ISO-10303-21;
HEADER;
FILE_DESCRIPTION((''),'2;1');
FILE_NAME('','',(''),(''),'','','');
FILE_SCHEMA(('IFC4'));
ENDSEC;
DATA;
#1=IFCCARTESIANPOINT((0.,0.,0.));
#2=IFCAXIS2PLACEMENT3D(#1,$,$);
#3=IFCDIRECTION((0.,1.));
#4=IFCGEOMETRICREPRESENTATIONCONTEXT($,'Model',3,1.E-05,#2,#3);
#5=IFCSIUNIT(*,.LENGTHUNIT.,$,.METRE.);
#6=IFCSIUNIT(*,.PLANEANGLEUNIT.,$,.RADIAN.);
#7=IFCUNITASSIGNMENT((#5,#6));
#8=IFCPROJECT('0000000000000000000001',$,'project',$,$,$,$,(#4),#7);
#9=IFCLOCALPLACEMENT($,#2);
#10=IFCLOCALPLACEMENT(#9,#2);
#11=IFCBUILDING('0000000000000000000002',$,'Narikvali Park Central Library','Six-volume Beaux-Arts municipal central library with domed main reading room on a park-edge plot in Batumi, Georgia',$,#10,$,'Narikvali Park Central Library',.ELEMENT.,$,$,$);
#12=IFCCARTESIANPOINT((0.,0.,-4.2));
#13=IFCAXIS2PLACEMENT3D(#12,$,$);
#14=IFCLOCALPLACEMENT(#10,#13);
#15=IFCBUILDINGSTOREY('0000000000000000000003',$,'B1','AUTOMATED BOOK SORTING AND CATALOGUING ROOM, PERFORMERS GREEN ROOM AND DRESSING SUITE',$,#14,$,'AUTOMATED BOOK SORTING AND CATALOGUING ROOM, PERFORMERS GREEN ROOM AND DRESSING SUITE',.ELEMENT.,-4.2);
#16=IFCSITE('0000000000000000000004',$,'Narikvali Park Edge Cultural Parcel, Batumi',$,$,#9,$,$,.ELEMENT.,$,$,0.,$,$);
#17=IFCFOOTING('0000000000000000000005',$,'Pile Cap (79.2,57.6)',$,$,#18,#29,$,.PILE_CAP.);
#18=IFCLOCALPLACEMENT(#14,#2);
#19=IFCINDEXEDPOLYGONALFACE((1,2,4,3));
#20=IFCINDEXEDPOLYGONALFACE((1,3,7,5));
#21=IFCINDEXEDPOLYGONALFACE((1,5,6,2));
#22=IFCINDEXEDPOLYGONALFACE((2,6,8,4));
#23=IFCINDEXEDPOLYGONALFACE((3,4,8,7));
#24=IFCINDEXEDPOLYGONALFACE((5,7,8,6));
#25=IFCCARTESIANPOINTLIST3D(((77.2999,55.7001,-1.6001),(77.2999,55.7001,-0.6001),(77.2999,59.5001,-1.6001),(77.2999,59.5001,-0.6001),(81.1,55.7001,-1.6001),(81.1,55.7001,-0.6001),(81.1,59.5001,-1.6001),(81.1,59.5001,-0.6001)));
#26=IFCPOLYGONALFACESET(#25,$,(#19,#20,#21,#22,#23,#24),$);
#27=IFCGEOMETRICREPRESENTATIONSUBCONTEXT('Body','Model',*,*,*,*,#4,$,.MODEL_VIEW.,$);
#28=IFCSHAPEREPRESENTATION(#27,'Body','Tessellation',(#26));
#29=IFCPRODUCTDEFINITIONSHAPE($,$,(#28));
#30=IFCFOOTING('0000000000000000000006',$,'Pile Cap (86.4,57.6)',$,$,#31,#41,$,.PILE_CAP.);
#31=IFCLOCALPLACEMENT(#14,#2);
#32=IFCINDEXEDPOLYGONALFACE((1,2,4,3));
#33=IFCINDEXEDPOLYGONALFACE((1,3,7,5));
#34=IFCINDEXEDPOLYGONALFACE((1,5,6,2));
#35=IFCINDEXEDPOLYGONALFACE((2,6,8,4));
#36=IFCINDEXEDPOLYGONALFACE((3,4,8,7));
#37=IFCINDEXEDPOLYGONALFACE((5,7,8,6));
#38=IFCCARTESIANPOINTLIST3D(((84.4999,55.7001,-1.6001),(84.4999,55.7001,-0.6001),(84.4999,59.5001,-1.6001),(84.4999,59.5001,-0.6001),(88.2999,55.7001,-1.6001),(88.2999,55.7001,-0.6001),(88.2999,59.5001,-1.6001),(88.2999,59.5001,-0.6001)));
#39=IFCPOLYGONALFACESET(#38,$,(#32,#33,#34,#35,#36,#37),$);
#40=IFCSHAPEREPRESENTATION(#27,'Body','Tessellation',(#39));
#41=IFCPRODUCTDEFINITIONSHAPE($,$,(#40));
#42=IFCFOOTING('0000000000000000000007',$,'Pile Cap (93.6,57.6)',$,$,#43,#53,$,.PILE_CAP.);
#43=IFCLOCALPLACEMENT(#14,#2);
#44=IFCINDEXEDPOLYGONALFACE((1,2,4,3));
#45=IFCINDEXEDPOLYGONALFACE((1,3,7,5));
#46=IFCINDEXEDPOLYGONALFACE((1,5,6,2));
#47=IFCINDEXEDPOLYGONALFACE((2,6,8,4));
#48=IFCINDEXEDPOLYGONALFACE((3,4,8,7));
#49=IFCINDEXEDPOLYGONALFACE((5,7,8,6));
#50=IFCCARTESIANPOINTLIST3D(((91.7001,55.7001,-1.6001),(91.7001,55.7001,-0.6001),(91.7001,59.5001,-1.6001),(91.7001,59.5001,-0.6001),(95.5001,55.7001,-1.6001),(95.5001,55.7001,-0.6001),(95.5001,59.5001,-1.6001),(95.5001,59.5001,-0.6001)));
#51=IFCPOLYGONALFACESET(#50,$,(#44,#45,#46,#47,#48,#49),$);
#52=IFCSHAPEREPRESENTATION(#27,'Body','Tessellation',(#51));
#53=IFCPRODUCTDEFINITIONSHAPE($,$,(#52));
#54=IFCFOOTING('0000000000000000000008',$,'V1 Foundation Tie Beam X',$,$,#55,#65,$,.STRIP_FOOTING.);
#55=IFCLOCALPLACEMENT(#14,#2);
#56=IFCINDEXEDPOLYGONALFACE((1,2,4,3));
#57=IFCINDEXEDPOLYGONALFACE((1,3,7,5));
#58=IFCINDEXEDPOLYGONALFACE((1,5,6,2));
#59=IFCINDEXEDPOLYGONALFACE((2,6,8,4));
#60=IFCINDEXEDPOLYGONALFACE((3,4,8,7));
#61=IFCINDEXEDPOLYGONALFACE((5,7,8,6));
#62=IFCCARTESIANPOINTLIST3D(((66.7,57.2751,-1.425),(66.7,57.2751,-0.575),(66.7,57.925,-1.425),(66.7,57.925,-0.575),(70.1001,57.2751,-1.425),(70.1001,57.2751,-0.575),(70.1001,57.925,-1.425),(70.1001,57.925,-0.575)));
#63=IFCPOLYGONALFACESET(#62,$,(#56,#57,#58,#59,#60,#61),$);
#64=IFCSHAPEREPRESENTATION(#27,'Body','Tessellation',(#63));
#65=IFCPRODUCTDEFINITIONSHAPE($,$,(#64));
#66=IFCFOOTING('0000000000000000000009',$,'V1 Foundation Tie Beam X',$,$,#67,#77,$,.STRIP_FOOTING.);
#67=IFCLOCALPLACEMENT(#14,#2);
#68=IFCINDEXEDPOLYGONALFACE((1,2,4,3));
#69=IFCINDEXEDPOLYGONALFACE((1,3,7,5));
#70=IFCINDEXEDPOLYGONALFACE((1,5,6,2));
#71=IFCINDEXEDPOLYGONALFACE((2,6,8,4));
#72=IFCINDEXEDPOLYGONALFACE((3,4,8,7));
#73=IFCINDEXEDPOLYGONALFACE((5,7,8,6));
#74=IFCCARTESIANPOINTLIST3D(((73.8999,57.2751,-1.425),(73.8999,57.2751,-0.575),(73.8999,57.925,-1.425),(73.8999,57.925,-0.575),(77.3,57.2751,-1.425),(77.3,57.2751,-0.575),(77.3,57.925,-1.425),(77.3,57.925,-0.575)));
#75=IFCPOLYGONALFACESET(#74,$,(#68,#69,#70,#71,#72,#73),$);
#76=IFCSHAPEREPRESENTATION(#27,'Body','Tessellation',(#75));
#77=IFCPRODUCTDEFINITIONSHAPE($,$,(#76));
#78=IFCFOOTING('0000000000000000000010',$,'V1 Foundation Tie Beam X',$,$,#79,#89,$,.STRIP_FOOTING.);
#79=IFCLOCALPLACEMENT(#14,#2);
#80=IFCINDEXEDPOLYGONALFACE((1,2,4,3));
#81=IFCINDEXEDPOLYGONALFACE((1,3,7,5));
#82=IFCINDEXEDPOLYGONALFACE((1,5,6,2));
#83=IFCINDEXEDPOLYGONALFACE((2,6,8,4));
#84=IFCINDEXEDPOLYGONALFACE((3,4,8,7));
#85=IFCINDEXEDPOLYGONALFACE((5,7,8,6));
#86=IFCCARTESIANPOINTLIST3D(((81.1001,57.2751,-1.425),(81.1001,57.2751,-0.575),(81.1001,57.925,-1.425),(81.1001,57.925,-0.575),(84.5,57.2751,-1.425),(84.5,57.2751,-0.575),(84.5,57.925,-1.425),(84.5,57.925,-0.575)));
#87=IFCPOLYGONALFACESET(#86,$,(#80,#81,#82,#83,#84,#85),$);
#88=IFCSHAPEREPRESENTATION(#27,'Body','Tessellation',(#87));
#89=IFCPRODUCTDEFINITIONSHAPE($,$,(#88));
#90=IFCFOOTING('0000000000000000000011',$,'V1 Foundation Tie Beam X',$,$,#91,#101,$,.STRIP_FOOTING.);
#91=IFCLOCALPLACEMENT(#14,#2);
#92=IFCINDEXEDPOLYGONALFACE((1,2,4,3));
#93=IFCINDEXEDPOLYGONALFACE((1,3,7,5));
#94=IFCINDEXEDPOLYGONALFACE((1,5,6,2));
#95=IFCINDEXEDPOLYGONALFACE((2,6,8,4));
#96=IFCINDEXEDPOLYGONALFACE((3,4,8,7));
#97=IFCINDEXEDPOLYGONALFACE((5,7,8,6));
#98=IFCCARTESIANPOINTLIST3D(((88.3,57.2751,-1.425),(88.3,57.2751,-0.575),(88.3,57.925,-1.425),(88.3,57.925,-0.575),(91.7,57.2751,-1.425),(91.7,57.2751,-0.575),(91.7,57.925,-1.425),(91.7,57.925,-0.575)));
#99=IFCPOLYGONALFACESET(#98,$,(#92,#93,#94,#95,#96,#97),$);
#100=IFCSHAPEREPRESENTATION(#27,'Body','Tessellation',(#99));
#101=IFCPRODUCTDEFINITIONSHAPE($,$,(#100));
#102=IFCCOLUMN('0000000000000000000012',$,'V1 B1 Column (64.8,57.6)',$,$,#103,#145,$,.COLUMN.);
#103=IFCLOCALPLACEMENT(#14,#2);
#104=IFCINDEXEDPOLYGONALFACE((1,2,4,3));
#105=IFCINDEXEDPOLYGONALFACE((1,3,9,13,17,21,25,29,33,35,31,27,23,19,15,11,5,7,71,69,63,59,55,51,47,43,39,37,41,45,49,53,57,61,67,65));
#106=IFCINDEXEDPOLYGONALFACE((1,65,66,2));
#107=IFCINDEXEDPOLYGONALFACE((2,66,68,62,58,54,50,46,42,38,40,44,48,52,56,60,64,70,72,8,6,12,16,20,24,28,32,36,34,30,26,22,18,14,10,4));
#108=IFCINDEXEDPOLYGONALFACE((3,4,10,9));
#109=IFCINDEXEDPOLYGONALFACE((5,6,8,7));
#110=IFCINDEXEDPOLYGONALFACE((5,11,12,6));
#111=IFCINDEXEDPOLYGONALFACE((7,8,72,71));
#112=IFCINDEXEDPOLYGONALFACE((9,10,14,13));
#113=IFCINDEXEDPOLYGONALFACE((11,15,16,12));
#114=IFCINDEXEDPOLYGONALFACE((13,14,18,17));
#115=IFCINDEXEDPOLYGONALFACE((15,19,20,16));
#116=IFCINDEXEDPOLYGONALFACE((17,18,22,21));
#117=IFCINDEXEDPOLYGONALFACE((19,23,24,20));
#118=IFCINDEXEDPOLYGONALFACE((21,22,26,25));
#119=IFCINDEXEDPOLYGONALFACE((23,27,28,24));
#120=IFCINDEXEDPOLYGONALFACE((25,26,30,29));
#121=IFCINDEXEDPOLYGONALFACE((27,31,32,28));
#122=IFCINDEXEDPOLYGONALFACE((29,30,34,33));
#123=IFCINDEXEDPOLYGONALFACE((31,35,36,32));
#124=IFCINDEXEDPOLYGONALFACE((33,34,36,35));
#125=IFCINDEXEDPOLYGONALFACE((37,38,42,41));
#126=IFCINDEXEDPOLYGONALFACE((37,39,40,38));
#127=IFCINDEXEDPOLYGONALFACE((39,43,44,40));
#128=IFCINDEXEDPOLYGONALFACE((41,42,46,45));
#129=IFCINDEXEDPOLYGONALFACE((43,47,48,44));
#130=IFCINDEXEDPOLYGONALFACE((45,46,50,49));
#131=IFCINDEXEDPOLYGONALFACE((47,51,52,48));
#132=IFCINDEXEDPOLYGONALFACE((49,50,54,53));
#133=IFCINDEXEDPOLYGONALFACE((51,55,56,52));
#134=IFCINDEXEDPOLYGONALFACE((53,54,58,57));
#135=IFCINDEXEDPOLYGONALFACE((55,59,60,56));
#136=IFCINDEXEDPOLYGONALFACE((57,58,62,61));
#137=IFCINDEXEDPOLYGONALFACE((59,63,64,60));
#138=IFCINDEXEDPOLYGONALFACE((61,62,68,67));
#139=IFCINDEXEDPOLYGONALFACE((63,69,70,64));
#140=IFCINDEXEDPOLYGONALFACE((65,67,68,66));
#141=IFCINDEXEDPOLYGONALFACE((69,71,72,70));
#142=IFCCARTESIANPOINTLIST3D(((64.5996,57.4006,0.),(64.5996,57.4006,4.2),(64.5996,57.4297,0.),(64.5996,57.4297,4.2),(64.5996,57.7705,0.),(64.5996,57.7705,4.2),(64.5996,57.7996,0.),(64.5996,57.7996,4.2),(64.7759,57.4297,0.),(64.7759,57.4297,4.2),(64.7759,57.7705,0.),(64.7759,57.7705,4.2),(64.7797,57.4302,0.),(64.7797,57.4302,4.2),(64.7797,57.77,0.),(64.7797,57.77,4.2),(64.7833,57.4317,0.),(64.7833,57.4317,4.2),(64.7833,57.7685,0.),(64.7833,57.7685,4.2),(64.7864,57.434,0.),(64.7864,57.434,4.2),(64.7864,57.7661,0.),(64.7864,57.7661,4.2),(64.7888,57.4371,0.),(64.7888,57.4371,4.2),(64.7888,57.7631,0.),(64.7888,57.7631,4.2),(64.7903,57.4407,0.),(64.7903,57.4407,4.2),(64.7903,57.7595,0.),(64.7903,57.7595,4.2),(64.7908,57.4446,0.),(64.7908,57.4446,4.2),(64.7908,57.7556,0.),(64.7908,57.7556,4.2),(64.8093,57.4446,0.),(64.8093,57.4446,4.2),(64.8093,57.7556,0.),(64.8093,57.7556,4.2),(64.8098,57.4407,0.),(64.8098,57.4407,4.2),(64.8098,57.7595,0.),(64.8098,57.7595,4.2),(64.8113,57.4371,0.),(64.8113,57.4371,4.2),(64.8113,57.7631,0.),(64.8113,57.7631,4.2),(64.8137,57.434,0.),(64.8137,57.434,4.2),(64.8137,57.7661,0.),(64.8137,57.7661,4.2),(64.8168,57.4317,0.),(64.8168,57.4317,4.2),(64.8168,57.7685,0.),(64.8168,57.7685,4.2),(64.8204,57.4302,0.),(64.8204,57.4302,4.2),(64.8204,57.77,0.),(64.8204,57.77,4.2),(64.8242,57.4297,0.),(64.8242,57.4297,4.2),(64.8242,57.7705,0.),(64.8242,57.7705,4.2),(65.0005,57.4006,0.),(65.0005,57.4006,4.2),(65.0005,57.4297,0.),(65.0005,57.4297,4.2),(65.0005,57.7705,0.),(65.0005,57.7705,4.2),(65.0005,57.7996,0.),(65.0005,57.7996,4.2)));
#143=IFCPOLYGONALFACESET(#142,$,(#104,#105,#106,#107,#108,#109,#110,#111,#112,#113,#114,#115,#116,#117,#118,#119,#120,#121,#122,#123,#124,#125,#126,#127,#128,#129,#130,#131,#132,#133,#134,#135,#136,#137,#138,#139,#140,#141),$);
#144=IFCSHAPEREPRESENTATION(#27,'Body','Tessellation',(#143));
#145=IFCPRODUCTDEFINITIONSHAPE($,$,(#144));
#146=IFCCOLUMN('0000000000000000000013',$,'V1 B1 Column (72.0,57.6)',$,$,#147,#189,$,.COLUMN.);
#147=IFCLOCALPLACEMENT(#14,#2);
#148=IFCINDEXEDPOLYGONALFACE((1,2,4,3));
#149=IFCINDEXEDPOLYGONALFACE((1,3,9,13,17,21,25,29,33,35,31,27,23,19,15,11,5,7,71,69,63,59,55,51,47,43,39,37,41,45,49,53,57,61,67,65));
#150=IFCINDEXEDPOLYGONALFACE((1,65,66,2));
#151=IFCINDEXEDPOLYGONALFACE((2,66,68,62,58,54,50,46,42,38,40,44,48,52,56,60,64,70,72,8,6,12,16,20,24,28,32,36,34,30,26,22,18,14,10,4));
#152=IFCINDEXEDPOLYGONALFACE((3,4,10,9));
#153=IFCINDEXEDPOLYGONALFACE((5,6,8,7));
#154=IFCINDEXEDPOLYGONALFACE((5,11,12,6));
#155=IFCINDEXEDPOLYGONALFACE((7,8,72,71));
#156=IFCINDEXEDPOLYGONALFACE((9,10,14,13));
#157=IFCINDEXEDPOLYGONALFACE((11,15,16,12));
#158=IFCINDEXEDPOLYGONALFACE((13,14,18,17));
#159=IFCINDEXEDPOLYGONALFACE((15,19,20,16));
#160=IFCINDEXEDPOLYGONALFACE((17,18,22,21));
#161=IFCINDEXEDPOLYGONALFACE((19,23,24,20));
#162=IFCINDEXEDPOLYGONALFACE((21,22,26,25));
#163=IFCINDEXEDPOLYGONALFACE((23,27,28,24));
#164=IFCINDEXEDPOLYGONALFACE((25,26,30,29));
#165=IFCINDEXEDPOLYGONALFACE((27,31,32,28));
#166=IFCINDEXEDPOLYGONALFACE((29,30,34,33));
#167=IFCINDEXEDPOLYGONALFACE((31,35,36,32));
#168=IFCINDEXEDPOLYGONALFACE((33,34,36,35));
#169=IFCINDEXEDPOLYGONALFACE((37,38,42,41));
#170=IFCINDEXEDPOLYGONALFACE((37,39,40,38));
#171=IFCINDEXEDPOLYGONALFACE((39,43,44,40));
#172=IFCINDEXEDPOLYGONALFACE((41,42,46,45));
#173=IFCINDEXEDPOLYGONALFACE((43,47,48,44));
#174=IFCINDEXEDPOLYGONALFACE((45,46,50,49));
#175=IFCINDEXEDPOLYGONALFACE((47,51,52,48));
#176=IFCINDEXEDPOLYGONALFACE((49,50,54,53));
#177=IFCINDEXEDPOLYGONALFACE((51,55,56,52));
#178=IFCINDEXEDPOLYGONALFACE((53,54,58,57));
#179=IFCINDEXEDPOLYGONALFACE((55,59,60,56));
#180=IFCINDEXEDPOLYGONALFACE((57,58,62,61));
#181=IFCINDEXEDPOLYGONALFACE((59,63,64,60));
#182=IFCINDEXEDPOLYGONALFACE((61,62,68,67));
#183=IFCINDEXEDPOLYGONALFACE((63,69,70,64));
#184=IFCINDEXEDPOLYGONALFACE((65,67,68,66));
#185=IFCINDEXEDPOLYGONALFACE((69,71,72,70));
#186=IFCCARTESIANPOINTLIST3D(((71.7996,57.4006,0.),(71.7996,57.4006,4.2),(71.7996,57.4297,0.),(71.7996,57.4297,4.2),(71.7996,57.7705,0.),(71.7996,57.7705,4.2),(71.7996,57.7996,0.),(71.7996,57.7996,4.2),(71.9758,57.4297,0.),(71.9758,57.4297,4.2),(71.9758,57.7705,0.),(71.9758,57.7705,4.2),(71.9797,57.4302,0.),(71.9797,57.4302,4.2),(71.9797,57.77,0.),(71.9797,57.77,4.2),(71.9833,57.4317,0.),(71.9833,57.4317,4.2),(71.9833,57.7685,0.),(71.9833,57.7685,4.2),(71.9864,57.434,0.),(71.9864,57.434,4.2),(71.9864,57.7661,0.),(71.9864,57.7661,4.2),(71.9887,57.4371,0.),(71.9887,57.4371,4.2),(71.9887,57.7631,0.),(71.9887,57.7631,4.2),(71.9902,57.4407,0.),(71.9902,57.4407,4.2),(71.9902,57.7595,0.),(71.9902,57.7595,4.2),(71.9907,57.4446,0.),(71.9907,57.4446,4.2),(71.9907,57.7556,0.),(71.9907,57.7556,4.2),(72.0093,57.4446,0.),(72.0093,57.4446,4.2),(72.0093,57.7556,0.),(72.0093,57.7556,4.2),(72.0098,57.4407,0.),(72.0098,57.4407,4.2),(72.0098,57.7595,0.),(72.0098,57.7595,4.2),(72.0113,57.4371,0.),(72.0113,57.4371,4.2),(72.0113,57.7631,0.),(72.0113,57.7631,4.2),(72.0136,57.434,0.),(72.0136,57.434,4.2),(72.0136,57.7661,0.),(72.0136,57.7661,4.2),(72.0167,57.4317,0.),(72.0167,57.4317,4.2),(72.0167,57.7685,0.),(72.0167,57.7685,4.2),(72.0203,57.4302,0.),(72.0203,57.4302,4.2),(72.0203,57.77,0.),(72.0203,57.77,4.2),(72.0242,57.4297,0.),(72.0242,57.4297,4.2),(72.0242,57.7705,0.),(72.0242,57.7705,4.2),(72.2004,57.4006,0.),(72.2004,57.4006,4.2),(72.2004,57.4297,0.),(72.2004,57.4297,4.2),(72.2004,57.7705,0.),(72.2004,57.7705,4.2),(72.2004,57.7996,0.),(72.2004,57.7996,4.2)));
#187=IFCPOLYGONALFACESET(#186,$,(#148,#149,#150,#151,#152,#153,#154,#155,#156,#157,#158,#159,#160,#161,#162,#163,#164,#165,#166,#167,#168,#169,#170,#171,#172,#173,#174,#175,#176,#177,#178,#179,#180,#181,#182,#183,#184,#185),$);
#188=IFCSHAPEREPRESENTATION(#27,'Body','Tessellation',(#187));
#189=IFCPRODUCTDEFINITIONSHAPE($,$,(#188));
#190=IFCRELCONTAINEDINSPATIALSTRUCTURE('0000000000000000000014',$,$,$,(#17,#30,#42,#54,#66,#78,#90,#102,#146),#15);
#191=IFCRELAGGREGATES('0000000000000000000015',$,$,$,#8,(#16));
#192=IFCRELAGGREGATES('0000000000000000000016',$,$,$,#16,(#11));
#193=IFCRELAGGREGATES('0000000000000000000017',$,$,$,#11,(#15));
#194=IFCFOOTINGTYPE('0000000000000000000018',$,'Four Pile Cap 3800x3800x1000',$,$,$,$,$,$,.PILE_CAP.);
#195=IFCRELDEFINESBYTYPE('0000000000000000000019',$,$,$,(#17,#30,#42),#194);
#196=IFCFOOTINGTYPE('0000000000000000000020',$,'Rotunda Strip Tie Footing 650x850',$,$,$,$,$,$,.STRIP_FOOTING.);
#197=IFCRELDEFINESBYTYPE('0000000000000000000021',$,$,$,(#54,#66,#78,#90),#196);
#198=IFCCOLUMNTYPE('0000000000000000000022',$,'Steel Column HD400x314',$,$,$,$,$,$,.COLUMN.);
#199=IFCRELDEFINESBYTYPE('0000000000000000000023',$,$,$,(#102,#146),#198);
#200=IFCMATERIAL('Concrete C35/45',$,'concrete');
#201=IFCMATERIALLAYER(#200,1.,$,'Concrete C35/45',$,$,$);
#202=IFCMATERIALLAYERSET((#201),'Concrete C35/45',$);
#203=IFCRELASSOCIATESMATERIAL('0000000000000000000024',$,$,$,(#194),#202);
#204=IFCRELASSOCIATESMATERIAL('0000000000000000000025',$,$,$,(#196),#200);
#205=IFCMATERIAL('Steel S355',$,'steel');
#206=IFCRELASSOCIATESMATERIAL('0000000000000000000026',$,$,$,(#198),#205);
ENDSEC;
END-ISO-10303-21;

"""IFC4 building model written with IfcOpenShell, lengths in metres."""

from ifc_helpers import new_model, si_unit, direction, frame, origin, origin_2d, place, context, subcontext, project, spatial, rectangle, i_section, extrude, material, layer, layer_set, material_profile, profile_set, type_object, element, save


model = new_model("IFC4")

# Units and contexts
model_context = context("Model", 3, precision=1e-05, world=origin(), true_north=direction((0.0, 1.0)))
body_context = subcontext(model_context, "Body", "Model", "MODEL_VIEW")
ifc_project = project(units=[si_unit("LENGTHUNIT", "METRE"), si_unit("PLANEANGLEUNIT", "RADIAN")], contexts=[model_context])

# Site, building, storey
site_placement = place(None, origin())
site = spatial("IfcSite", under=ifc_project, at=site_placement, Name="Narikvali Park Edge Cultural Parcel, Batumi", CompositionType="ELEMENT", RefElevation=0.0)
building_placement = place(site_placement, origin())
building = spatial("IfcBuilding", under=site, at=building_placement, Name="Narikvali Park Central Library", Description="Six-volume Beaux-Arts municipal central library with domed main reading room on a park-edge plot in Batumi, Georgia", LongName="Narikvali Park Central Library", CompositionType="ELEMENT")
storey_placement = place(building_placement, frame((0.0, 0.0, -4.2)))
storey = spatial("IfcBuildingStorey", under=building, at=storey_placement, Name="B1", Description="AUTOMATED BOOK SORTING AND CATALOGUING ROOM, PERFORMERS GREEN ROOM AND DRESSING SUITE", LongName="AUTOMATED BOOK SORTING AND CATALOGUING ROOM, PERFORMERS GREEN ROOM AND DRESSING SUITE", CompositionType="ELEMENT", Elevation=-4.2)

# Shared definitions
ifc_material_1 = material(Name="Concrete C35/45", Category="concrete")

# Footings
ifc_layer_1 = layer(ifc_material_1, 1.0, Name="Concrete C35/45")
ifc_layer_set_1 = layer_set([ifc_layer_1], Name="Concrete C35/45")
footing_type_1 = type_object("IfcFootingType", Name="Four Pile Cap 3800x3800x1000", PredefinedType="PILE_CAP", material=ifc_layer_set_1)
for number, where, z_axis, x_axis, name in (
    (1, (79.2, 57.6001, -1.6001), (0.0, 0.0, 1.0), (1.0, 0.0, 0.0), "Pile Cap (79.2,57.6)"),
    (2, (86.3999, 57.6001, -1.6001), (0.0, 0.0, 1.0), (1.0, 0.0, 0.0), "Pile Cap (86.4,57.6)"),
    (3, (93.6001, 57.6001, -1.6001), (0.0, 0.0, 1.0), (1.0, 0.0, 0.0), "Pile Cap (93.6,57.6)"),
):
    element("IfcFooting", number, at=place(storey_placement, frame(where, z_axis=z_axis, x_axis=x_axis)), inside=storey, type_object=footing_type_1, Name=name, PredefinedType="PILE_CAP", context=body_context, shape_type="SweptSolid", body=[
        extrude(rectangle(XDim=3.8, YDim=3.8, at=origin_2d()), origin(), (0.0, 0.0, 1.0), 1.0),
    ])
ifc_material_profile_1 = material_profile(ifc_material_1, rectangle(XDim=0.6499, YDim=0.8501, at=origin_2d()), Name="RC GB 650x850")
ifc_profile_set_1 = profile_set([ifc_material_profile_1], Name="Concrete C35/45")
footing_type_2 = type_object("IfcFootingType", Name="Rotunda Strip Tie Footing 650x850", PredefinedType="STRIP_FOOTING", material=ifc_profile_set_1)
for number, where, z_axis, x_axis, name in (
    (4, (66.7, 57.6001, -1.0), (1.0, 0.0, 0.0), (0.0, 1.0, 0.0), "V1 Foundation Tie Beam X"),
    (5, (73.8999, 57.6001, -1.0), (1.0, 0.0, 0.0), (0.0, 1.0, 0.0), "V1 Foundation Tie Beam X"),
):
    element("IfcFooting", number, at=place(storey_placement, frame(where, z_axis=z_axis, x_axis=x_axis)), inside=storey, type_object=footing_type_2, Name=name, PredefinedType="STRIP_FOOTING", context=body_context, shape_type="SweptSolid", body=[
        extrude(rectangle(XDim=0.6499, YDim=0.8501, at=origin_2d()), origin(), (0.0, 0.0, 1.0), 3.4001),
    ])
for number, where, z_axis, x_axis, name in (
    (6, (81.1001, 57.6001, -1.0), (1.0, 0.0, 0.0), (0.0, 1.0, 0.0), "V1 Foundation Tie Beam X"),
    (7, (88.3, 57.6001, -1.0), (1.0, 0.0, 0.0), (0.0, 1.0, 0.0), "V1 Foundation Tie Beam X"),
):
    element("IfcFooting", number, at=place(storey_placement, frame(where, z_axis=z_axis, x_axis=x_axis)), inside=storey, type_object=footing_type_2, Name=name, PredefinedType="STRIP_FOOTING", context=body_context, shape_type="SweptSolid", body=[
        extrude(rectangle(XDim=0.6499, YDim=0.8501, at=origin_2d()), origin(), (0.0, 0.0, 1.0), 3.3999),
    ])

# Columns
ifc_material_2 = material(Name="Steel S355", Category="steel")
ifc_material_profile_2 = material_profile(ifc_material_2, i_section(OverallWidth=0.4009, OverallDepth=0.3989, WebThickness=0.0186, FlangeThickness=0.0291, FilletRadius=0.0149, at=origin_2d()), Name="HD 400x314")
ifc_profile_set_2 = profile_set([ifc_material_profile_2], Name="Steel S355")
column_type = type_object("IfcColumnType", Name="Steel Column HD400x314", PredefinedType="COLUMN", material=ifc_profile_set_2)
for number, where, z_axis, x_axis, name in (
    (8, (64.8, 57.6001, 0.0), (0.0, 0.0, 1.0), (1.0, 0.0, 0.0), "V1 B1 Column (64.8,57.6)"),
    (9, (72.0, 57.6001, 0.0), (0.0, 0.0, 1.0), (1.0, 0.0, 0.0), "V1 B1 Column (72.0,57.6)"),
):
    element("IfcColumn", number, at=place(storey_placement, frame(where, z_axis=z_axis, x_axis=x_axis)), inside=storey, type_object=column_type, Name=name, PredefinedType="COLUMN", context=body_context, shape_type="SweptSolid", body=[
        extrude(i_section(OverallWidth=0.4009, OverallDepth=0.3989, WebThickness=0.0186, FlangeThickness=0.0291, FilletRadius=0.0149, at=origin_2d()), origin(), (0.0, 0.0, 1.0), 4.2),
    ])

save(model, "model.ifc")
